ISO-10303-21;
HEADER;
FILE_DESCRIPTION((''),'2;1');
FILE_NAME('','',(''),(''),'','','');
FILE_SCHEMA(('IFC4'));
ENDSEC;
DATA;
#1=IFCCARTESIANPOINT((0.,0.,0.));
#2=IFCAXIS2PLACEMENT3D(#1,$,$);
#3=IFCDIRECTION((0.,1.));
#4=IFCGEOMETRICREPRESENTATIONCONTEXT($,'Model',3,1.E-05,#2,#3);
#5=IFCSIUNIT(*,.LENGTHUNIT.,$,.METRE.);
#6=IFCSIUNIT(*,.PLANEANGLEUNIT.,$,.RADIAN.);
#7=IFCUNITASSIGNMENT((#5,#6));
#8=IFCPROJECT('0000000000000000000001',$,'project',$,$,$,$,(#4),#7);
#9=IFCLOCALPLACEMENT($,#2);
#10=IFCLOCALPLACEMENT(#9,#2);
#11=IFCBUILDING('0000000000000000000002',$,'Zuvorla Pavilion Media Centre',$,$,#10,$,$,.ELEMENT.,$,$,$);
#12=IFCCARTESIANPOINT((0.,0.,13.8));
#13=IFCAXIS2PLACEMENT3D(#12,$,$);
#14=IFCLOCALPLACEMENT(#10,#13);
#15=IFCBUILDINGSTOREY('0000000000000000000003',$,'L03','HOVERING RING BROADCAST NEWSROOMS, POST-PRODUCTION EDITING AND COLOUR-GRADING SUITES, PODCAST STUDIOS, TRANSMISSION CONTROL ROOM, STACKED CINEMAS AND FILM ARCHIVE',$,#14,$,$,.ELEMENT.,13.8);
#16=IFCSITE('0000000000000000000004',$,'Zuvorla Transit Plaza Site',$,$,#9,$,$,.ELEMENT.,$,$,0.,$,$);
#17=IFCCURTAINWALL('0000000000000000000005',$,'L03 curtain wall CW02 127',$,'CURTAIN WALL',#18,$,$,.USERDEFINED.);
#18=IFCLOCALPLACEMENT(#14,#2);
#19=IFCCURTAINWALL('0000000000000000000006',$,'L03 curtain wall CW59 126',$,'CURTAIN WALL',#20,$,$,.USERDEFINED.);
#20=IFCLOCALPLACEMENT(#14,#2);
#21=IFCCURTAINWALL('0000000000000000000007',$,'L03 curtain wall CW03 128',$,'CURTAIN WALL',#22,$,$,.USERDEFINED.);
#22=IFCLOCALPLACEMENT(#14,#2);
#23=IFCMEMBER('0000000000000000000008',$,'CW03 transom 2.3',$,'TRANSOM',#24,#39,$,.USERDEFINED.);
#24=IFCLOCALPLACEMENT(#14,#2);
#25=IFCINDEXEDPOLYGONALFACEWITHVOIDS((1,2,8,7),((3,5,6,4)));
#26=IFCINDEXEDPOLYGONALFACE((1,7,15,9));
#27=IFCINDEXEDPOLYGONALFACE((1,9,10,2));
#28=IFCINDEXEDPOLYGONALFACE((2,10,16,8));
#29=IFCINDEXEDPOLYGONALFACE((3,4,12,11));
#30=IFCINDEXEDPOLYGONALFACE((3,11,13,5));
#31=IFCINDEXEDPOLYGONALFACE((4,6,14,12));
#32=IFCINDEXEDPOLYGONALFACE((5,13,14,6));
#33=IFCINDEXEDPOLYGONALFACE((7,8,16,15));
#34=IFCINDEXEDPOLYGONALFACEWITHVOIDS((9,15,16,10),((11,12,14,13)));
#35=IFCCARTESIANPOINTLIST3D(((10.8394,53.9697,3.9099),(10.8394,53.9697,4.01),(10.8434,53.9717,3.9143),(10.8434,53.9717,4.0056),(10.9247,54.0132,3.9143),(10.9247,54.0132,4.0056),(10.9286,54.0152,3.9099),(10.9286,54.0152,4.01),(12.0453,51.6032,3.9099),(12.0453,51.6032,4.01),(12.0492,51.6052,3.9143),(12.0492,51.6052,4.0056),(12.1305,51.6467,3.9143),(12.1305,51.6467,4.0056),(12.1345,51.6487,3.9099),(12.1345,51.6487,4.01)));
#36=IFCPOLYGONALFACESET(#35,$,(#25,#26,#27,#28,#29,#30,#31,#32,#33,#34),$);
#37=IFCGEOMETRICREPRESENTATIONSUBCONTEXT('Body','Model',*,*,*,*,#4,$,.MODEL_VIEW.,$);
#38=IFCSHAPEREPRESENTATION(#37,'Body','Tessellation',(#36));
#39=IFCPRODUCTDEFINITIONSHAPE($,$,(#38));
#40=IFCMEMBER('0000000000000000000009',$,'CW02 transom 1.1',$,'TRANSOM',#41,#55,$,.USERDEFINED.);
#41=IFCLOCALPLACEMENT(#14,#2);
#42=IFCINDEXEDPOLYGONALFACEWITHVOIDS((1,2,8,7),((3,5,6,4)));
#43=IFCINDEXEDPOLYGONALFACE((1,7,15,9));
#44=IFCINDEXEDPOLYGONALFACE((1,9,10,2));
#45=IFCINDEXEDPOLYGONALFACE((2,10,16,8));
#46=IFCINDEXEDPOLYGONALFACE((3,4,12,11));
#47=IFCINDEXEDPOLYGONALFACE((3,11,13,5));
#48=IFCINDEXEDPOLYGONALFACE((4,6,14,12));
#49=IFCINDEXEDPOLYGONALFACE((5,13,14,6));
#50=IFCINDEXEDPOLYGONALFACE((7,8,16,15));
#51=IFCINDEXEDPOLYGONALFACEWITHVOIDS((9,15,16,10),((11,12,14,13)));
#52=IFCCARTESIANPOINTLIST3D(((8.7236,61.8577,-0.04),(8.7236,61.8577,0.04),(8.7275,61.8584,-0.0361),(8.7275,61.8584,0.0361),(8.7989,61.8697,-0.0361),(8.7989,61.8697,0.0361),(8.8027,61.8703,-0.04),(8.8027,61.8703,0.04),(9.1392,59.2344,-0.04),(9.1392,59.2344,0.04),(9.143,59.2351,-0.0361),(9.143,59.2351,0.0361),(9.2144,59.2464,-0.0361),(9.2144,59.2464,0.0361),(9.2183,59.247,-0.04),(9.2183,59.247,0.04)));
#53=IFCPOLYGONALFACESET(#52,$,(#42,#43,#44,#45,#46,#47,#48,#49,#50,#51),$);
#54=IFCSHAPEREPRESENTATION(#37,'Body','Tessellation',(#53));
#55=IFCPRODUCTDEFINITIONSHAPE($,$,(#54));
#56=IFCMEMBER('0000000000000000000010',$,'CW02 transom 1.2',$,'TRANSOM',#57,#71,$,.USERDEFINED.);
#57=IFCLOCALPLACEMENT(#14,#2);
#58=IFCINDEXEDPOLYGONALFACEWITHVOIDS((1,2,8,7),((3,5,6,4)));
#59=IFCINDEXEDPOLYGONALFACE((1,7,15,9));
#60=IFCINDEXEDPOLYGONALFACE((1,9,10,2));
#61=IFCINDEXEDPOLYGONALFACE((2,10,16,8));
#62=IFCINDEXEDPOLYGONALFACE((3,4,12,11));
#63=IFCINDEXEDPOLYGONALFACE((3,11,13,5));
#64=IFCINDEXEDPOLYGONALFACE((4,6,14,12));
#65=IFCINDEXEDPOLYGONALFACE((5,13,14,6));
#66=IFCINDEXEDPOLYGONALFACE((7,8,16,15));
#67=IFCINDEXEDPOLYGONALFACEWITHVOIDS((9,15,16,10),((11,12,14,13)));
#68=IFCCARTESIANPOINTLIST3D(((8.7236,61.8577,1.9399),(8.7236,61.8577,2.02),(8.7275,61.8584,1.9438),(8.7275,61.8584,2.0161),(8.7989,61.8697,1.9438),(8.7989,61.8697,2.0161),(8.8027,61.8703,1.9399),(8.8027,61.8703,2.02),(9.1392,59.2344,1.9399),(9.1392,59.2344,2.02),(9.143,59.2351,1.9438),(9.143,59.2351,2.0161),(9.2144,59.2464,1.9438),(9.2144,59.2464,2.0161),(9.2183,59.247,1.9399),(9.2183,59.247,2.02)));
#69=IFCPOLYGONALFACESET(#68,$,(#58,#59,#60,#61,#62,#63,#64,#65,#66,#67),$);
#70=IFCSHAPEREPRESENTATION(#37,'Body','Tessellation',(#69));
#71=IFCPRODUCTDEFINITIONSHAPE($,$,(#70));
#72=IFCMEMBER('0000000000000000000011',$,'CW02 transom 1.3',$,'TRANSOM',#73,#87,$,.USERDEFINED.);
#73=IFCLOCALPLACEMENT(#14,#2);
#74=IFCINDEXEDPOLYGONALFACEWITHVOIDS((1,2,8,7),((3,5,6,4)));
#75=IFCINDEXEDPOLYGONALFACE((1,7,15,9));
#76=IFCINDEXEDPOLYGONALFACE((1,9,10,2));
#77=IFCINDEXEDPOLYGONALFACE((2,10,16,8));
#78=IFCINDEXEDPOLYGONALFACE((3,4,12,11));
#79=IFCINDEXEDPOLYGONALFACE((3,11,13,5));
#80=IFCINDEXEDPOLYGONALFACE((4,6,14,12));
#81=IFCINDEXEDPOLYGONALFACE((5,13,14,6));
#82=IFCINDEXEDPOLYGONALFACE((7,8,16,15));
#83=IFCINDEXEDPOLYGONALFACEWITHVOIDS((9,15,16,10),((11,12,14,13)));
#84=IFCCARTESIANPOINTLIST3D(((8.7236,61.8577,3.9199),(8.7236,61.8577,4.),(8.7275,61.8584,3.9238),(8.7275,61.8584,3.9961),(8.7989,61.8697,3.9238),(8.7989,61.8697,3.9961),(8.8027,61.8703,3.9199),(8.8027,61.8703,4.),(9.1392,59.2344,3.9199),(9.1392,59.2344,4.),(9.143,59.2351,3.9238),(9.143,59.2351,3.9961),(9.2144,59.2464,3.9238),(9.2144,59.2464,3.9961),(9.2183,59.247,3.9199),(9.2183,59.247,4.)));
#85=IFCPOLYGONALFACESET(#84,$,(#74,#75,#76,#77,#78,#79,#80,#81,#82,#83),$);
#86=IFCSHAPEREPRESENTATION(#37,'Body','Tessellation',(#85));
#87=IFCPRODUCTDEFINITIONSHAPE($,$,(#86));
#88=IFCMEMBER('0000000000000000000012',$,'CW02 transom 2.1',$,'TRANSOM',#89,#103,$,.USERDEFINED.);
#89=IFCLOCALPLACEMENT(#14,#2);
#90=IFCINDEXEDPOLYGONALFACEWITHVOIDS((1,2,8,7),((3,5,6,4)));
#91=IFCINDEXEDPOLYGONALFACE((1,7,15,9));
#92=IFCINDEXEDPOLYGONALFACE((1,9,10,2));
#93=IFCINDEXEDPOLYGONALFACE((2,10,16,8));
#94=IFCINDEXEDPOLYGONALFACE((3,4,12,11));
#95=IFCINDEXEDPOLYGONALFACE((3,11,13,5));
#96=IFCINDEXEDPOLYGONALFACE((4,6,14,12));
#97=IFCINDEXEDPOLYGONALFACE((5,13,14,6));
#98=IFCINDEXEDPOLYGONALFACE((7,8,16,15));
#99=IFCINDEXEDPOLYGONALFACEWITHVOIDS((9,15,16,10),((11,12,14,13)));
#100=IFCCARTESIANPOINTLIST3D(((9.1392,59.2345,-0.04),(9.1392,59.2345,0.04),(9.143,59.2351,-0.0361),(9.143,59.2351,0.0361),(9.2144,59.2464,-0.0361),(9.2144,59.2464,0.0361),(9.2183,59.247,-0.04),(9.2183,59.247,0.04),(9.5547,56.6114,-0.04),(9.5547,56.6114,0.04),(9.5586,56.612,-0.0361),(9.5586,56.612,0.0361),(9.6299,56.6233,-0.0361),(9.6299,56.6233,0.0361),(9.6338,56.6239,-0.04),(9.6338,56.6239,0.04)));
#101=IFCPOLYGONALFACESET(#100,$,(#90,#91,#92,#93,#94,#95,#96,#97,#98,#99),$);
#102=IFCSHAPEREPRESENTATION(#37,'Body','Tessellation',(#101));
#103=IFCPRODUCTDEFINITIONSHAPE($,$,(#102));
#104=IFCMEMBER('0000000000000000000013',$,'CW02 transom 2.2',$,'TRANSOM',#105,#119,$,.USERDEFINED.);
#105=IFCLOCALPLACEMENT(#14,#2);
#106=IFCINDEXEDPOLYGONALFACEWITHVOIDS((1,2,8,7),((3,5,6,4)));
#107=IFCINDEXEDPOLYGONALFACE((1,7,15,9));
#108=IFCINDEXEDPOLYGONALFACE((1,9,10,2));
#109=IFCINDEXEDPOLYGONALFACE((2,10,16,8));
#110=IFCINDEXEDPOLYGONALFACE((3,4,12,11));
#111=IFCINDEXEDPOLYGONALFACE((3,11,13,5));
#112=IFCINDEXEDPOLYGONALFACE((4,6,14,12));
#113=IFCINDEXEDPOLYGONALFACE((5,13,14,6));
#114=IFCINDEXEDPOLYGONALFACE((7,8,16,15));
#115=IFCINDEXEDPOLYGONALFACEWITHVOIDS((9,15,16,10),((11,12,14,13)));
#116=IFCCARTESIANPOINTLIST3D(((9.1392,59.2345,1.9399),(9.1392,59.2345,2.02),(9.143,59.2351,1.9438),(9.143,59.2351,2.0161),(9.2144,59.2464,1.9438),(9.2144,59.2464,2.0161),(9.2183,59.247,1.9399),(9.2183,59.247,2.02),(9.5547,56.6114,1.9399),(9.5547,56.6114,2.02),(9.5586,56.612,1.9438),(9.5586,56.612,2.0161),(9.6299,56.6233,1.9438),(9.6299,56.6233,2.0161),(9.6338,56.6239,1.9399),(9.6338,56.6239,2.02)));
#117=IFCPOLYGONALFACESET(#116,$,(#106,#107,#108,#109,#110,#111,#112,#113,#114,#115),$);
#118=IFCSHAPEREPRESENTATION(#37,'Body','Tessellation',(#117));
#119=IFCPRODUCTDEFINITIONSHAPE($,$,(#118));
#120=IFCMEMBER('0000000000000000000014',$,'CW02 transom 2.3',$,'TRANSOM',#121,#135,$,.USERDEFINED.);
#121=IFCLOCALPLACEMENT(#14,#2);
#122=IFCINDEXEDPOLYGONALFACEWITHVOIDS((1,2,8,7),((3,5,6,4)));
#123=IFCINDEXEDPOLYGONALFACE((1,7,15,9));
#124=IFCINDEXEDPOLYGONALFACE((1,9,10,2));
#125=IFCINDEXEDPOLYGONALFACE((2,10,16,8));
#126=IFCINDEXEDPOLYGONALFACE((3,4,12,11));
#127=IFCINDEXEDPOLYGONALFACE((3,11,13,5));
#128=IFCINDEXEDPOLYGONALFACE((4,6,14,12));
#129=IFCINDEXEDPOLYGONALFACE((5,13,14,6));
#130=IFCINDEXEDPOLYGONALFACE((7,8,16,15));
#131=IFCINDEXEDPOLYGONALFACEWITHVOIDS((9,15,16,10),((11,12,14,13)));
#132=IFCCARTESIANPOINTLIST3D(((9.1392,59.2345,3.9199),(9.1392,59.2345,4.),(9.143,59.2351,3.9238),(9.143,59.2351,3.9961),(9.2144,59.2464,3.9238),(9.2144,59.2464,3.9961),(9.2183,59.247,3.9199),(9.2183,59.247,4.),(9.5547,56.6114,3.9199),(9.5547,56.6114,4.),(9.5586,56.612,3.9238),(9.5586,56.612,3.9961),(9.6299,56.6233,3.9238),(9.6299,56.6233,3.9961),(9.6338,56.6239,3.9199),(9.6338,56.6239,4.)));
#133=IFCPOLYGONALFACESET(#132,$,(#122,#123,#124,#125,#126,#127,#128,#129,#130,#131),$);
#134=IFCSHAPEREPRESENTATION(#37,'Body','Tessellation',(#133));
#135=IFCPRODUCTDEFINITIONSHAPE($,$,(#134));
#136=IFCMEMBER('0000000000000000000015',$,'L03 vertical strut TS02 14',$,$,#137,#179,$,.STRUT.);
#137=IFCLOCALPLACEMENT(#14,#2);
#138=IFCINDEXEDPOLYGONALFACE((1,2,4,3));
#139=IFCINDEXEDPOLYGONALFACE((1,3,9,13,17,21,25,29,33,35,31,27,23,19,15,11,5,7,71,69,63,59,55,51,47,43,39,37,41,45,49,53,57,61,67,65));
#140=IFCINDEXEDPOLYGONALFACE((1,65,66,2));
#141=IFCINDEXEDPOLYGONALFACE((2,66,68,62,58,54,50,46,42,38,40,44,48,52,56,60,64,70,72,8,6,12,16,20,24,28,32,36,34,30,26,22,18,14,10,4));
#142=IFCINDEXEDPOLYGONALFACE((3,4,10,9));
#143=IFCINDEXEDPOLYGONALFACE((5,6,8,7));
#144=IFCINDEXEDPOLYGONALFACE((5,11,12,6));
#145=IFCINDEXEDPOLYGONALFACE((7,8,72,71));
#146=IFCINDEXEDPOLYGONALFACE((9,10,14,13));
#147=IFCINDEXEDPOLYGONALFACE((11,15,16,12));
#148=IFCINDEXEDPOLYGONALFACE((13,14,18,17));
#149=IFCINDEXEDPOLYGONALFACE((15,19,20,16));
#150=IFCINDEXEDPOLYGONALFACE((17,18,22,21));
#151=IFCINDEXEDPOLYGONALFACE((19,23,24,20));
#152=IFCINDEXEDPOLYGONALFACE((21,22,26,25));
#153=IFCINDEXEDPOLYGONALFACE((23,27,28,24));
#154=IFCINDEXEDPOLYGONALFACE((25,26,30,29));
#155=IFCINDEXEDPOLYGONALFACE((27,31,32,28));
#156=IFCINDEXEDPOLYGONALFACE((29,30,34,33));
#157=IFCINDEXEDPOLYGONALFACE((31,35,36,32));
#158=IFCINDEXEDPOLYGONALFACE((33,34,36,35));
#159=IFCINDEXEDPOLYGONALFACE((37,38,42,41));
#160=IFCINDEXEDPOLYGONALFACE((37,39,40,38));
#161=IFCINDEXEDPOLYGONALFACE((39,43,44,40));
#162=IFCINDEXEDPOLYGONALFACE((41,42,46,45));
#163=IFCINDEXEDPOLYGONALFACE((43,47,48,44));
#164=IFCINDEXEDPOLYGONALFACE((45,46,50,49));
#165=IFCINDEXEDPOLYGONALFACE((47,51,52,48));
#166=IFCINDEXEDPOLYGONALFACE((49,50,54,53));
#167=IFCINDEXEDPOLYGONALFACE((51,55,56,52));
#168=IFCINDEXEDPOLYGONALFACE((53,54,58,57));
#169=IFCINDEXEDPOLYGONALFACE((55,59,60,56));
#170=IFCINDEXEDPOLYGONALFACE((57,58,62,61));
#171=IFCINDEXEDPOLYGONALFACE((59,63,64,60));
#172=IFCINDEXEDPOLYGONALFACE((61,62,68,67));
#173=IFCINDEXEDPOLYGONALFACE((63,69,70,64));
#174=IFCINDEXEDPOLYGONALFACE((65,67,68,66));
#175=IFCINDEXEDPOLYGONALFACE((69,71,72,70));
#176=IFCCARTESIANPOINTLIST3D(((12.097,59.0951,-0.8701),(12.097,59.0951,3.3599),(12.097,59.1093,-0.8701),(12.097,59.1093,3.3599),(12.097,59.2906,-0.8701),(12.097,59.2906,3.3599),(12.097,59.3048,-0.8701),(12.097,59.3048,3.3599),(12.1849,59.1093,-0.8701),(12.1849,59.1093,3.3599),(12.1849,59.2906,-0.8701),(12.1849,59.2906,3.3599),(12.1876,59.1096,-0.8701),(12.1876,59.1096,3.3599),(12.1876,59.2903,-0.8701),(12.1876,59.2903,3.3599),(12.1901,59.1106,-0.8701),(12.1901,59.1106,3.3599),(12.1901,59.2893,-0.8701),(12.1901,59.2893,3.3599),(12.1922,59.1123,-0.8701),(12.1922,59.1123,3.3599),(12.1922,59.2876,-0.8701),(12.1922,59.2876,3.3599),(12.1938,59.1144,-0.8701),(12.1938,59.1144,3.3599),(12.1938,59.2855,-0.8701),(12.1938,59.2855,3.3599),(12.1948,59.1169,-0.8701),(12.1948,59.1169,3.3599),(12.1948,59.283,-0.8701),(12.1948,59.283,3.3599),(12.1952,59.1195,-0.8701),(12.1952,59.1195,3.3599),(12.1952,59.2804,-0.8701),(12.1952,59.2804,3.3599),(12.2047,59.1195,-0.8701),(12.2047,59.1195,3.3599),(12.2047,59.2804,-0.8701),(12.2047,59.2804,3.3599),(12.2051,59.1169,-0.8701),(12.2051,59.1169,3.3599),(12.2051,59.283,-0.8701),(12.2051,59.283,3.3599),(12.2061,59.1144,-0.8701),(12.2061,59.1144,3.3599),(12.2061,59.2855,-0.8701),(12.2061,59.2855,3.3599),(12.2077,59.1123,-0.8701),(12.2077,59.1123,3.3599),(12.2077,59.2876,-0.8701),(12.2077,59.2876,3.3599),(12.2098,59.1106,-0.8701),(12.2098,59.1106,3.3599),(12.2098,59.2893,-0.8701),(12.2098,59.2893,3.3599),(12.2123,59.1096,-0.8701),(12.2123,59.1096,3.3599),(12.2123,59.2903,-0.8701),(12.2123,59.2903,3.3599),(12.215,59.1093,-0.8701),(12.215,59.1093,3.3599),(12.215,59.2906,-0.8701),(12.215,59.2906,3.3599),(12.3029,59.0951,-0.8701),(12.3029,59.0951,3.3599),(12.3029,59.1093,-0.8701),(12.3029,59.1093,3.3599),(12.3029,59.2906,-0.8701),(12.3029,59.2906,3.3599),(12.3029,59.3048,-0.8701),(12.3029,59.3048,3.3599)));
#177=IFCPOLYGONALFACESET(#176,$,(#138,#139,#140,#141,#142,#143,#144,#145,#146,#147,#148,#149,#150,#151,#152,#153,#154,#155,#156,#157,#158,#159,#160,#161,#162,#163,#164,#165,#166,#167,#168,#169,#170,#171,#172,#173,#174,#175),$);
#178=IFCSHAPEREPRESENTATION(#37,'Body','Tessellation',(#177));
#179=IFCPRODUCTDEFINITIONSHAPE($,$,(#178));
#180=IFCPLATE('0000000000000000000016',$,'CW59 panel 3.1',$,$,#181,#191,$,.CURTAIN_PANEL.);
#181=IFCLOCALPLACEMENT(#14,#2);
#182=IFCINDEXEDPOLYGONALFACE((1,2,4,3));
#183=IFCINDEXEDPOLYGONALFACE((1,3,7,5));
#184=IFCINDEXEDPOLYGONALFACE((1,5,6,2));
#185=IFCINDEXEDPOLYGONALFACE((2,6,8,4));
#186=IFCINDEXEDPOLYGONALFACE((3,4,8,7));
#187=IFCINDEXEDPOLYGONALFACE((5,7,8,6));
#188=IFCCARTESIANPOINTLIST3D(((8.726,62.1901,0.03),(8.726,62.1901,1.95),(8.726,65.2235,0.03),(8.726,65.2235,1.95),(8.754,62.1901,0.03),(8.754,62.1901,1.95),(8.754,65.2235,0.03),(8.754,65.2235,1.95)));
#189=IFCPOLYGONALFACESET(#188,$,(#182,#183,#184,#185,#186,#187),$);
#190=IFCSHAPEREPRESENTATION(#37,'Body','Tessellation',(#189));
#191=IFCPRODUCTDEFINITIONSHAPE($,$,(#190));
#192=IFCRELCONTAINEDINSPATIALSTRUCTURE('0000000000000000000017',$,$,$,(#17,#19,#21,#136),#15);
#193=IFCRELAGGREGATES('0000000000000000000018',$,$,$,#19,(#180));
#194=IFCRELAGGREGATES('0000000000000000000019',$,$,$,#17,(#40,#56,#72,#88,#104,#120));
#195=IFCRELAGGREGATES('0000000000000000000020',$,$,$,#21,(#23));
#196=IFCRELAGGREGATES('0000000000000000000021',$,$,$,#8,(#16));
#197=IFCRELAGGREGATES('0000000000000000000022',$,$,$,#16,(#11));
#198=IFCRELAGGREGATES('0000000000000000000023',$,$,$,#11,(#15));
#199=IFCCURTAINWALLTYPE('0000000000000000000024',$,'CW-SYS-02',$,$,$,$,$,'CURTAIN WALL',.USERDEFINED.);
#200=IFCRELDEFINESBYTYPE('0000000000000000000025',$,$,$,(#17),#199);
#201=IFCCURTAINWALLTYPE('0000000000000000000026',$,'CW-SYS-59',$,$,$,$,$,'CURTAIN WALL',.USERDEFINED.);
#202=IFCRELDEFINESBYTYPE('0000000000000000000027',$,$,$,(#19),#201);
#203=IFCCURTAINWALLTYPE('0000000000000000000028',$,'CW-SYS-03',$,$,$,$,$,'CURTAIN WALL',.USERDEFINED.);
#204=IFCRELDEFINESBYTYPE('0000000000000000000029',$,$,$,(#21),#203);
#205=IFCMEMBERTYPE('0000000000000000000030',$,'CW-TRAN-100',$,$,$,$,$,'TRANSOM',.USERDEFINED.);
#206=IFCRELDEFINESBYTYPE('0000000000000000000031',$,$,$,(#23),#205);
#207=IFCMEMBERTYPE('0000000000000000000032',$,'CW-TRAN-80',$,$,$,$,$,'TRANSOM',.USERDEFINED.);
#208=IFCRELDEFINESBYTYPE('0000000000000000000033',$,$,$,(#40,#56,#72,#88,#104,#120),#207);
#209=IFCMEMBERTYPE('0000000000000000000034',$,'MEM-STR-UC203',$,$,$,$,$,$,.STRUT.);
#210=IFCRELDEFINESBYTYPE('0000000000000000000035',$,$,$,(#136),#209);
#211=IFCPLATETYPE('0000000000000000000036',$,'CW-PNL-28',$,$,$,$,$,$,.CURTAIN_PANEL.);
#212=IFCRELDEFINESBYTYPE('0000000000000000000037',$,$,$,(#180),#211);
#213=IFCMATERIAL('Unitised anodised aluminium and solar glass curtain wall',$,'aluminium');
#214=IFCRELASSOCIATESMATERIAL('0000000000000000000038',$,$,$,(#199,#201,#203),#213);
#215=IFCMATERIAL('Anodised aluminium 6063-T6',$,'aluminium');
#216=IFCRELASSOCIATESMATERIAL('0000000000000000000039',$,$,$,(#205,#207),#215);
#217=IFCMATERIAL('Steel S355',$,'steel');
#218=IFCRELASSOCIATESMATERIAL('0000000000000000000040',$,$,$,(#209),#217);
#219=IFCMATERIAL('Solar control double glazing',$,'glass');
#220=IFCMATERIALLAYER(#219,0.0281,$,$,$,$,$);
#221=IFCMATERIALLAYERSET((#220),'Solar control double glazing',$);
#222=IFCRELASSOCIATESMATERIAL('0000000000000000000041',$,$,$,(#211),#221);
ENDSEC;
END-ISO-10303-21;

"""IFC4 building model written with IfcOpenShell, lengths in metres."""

from ifc_helpers import new_model, si_unit, direction, frame, origin, origin_2d, place, context, subcontext, project, spatial, rectangle, hollow_rectangle, i_section, extrude, material, layer, layer_set, material_profile, profile_set, type_object, element, aggregate, save


model = new_model("IFC4")

# Units and contexts
model_context = context("Model", 3, precision=1e-05, world=origin(), true_north=direction((0.0, 1.0)))
body_context = subcontext(model_context, "Body", "Model", "MODEL_VIEW")
ifc_project = project(units=[si_unit("LENGTHUNIT", "METRE"), si_unit("PLANEANGLEUNIT", "RADIAN")], contexts=[model_context])

# Site, building, storey
site_placement = place(None, origin())
site = spatial("IfcSite", under=ifc_project, at=site_placement, Name="Zuvorla Transit Plaza Site", CompositionType="ELEMENT", RefElevation=0.0)
building_placement = place(site_placement, origin())
building = spatial("IfcBuilding", under=site, at=building_placement, Name="Zuvorla Pavilion Media Centre", CompositionType="ELEMENT")
storey_placement = place(building_placement, frame((0.0, 0.0, 13.8)))
storey = spatial("IfcBuildingStorey", under=building, at=storey_placement, Name="L03", Description="HOVERING RING BROADCAST NEWSROOMS, POST-PRODUCTION EDITING AND COLOUR-GRADING SUITES, PODCAST STUDIOS, TRANSMISSION CONTROL ROOM, STACKED CINEMAS AND FILM ARCHIVE", CompositionType="ELEMENT", Elevation=13.8)

# Shared definitions
ifc_material_1 = material(Name="Steel S355", Category="steel")

# Curtain walls
ifc_material_2 = material(Name="Unitised anodised aluminium and solar glass curtain wall", Category="aluminium")
curtain_wall_type_1 = type_object("IfcCurtainWallType", Name="CW-SYS-02", ElementType="CURTAIN WALL", PredefinedType="USERDEFINED", material=ifc_material_2)
curtain_wall_1_placement = place(storey_placement, origin())
curtain_wall_1 = element("IfcCurtainWall", 1, at=curtain_wall_1_placement, inside=storey, type_object=curtain_wall_type_1, Name="L03 curtain wall CW02 127", ObjectType="CURTAIN WALL", PredefinedType="USERDEFINED")
ifc_material_3 = material(Name="Anodised aluminium 6063-T6", Category="aluminium")
curtain_wall_type_2 = type_object("IfcCurtainWallType", Name="CW-SYS-59", ElementType="CURTAIN WALL", PredefinedType="USERDEFINED", material=ifc_material_2)
curtain_wall_2_placement = place(storey_placement, origin())
curtain_wall_2 = element("IfcCurtainWall", 2, at=curtain_wall_2_placement, inside=storey, type_object=curtain_wall_type_2, Name="L03 curtain wall CW59 126", ObjectType="CURTAIN WALL", PredefinedType="USERDEFINED")
curtain_wall_type_3 = type_object("IfcCurtainWallType", Name="CW-SYS-03", ElementType="CURTAIN WALL", PredefinedType="USERDEFINED", material=ifc_material_2)
curtain_wall_3_placement = place(storey_placement, origin())
curtain_wall_3 = element("IfcCurtainWall", 3, at=curtain_wall_3_placement, inside=storey, type_object=curtain_wall_type_3, Name="L03 curtain wall CW03 128", ObjectType="CURTAIN WALL", PredefinedType="USERDEFINED")

# Members
ifc_material_profile_1 = material_profile(ifc_material_3, hollow_rectangle(XDim=0.1001, YDim=0.1001, WallThickness=0.0044, at=origin_2d()), Name="ALU TRAN 100x100")
ifc_profile_set_1 = profile_set([ifc_material_profile_1], Name="Anodised aluminium 6063-T6")
member_type_1 = type_object("IfcMemberType", Name="CW-TRAN-100", ElementType="TRANSOM", PredefinedType="USERDEFINED", material=ifc_profile_set_1)
member_1_placement = place(storey_placement, frame((10.884, 53.9924, 3.96), z_axis=(0.454003, -0.891, 0.0), x_axis=(0.891, 0.454003, 0.0)))
member_1 = element("IfcMember", 4, at=member_1_placement, type_object=member_type_1, Name="CW03 transom 2.3", ObjectType="TRANSOM", PredefinedType="USERDEFINED", context=body_context, shape_type="SweptSolid", body=[
    extrude(hollow_rectangle(XDim=0.1001, YDim=0.1001, WallThickness=0.0044, at=origin_2d()), origin(), (0.0, 0.0, 1.0), 2.656),
])
ifc_material_profile_2 = material_profile(ifc_material_3, hollow_rectangle(XDim=0.0801, YDim=0.0801, WallThickness=0.0039, at=origin_2d()), Name="ALU TRAN 80x80")
ifc_profile_set_2 = profile_set([ifc_material_profile_2], Name="Anodised aluminium 6063-T6")
member_type_2 = type_object("IfcMemberType", Name="CW-TRAN-80", ElementType="TRANSOM", PredefinedType="USERDEFINED", material=ifc_profile_set_2)
member_2_placement = place(storey_placement, frame((8.7632, 61.864, 0.0), z_axis=(0.156449, -0.987686, 0.0), x_axis=(0.987686, 0.156449, 0.0)))
member_2 = element("IfcMember", 5, at=member_2_placement, type_object=member_type_2, Name="CW02 transom 1.1", ObjectType="TRANSOM", PredefinedType="USERDEFINED", context=body_context, shape_type="SweptSolid", body=[
    extrude(hollow_rectangle(XDim=0.0801, YDim=0.0801, WallThickness=0.0039, at=origin_2d()), origin(), (0.0, 0.0, 1.0), 2.656),
])
member_3_placement = place(storey_placement, frame((8.7632, 61.864, 1.98), z_axis=(0.156449, -0.987686, 0.0), x_axis=(0.987686, 0.156449, 0.0)))
member_3 = element("IfcMember", 6, at=member_3_placement, type_object=member_type_2, Name="CW02 transom 1.2", ObjectType="TRANSOM", PredefinedType="USERDEFINED", context=body_context, shape_type="SweptSolid", body=[
    extrude(hollow_rectangle(XDim=0.0801, YDim=0.0801, WallThickness=0.0039, at=origin_2d()), origin(), (0.0, 0.0, 1.0), 2.656),
])
member_4_placement = place(storey_placement, frame((8.7632, 61.864, 3.96), z_axis=(0.156449, -0.987686, 0.0), x_axis=(0.987686, 0.156449, 0.0)))
member_4 = element("IfcMember", 7, at=member_4_placement, type_object=member_type_2, Name="CW02 transom 1.3", ObjectType="TRANSOM", PredefinedType="USERDEFINED", context=body_context, shape_type="SweptSolid", body=[
    extrude(hollow_rectangle(XDim=0.0801, YDim=0.0801, WallThickness=0.0039, at=origin_2d()), origin(), (0.0, 0.0, 1.0), 2.656),
])
member_5_placement = place(storey_placement, frame((9.1787, 59.2407, 0.0), z_axis=(0.156463, -0.987684, 0.0), x_axis=(0.987684, 0.156463, 0.0)))
member_5 = element("IfcMember", 8, at=member_5_placement, type_object=member_type_2, Name="CW02 transom 2.1", ObjectType="TRANSOM", PredefinedType="USERDEFINED", context=body_context, shape_type="SweptSolid", body=[
    extrude(hollow_rectangle(XDim=0.0801, YDim=0.0801, WallThickness=0.0039, at=origin_2d()), origin(), (0.0, 0.0, 1.0), 2.6558),
])
member_6_placement = place(storey_placement, frame((9.1787, 59.2407, 1.98), z_axis=(0.156463, -0.987684, 0.0), x_axis=(0.987684, 0.156463, 0.0)))
member_6 = element("IfcMember", 9, at=member_6_placement, type_object=member_type_2, Name="CW02 transom 2.2", ObjectType="TRANSOM", PredefinedType="USERDEFINED", context=body_context, shape_type="SweptSolid", body=[
    extrude(hollow_rectangle(XDim=0.0801, YDim=0.0801, WallThickness=0.0039, at=origin_2d()), origin(), (0.0, 0.0, 1.0), 2.6558),
])
member_7_placement = place(storey_placement, frame((9.1787, 59.2407, 3.96), z_axis=(0.156463, -0.987684, 0.0), x_axis=(0.987684, 0.156463, 0.0)))
member_7 = element("IfcMember", 10, at=member_7_placement, type_object=member_type_2, Name="CW02 transom 2.3", ObjectType="TRANSOM", PredefinedType="USERDEFINED", context=body_context, shape_type="SweptSolid", body=[
    extrude(hollow_rectangle(XDim=0.0801, YDim=0.0801, WallThickness=0.0039, at=origin_2d()), origin(), (0.0, 0.0, 1.0), 2.6558),
])
ifc_material_profile_3 = material_profile(ifc_material_1, i_section(OverallWidth=0.2058, OverallDepth=0.2097, WebThickness=0.0095, FlangeThickness=0.0142, FilletRadius=0.0103, at=origin_2d()), Name="UC 203x203x60")
ifc_profile_set_3 = profile_set([ifc_material_profile_3], Name="Steel S355")
member_type_3 = type_object("IfcMemberType", Name="MEM-STR-UC203", PredefinedType="STRUT", material=ifc_profile_set_3)
member_8_placement = place(storey_placement, frame((12.2, 59.2, -0.8701), z_axis=(0.0, 0.0, 1.0), x_axis=(1.0, 0.0, 0.0)))
element("IfcMember", 11, at=member_8_placement, inside=storey, type_object=member_type_3, Name="L03 vertical strut TS02 14", PredefinedType="STRUT", context=body_context, shape_type="SweptSolid", body=[
    extrude(i_section(OverallWidth=0.2058, OverallDepth=0.2097, WebThickness=0.0095, FlangeThickness=0.0142, FilletRadius=0.0103, at=origin_2d()), origin(), (0.0, 0.0, 1.0), 4.23),
])

# Plate
ifc_material_4 = material(Name="Solar control double glazing", Category="glass")
ifc_layer_1 = layer(ifc_material_4, 0.0281)
ifc_layer_set_1 = layer_set([ifc_layer_1], Name="Solar control double glazing")
plate_type_1 = type_object("IfcPlateType", Name="CW-PNL-28", PredefinedType="CURTAIN_PANEL", material=ifc_layer_set_1)
plate_1_placement = place(storey_placement, frame((8.74, 63.7068, 0.03), z_axis=(0.0, 0.0, 1.0), x_axis=(0.0, -1.0, 0.0)))
plate_1 = element("IfcPlate", 12, at=plate_1_placement, type_object=plate_type_1, Name="CW59 panel 3.1", PredefinedType="CURTAIN_PANEL", context=body_context, shape_type="SweptSolid", body=[
    extrude(rectangle(XDim=3.0334, YDim=0.0281, at=origin_2d()), origin(), (0.0, 0.0, 1.0), 1.9199),
])
aggregate(curtain_wall_2, [plate_1])
aggregate(curtain_wall_1, [member_2, member_3, member_4, member_5, member_6, member_7])
aggregate(curtain_wall_3, [member_1])

save(model, "model.ifc")
